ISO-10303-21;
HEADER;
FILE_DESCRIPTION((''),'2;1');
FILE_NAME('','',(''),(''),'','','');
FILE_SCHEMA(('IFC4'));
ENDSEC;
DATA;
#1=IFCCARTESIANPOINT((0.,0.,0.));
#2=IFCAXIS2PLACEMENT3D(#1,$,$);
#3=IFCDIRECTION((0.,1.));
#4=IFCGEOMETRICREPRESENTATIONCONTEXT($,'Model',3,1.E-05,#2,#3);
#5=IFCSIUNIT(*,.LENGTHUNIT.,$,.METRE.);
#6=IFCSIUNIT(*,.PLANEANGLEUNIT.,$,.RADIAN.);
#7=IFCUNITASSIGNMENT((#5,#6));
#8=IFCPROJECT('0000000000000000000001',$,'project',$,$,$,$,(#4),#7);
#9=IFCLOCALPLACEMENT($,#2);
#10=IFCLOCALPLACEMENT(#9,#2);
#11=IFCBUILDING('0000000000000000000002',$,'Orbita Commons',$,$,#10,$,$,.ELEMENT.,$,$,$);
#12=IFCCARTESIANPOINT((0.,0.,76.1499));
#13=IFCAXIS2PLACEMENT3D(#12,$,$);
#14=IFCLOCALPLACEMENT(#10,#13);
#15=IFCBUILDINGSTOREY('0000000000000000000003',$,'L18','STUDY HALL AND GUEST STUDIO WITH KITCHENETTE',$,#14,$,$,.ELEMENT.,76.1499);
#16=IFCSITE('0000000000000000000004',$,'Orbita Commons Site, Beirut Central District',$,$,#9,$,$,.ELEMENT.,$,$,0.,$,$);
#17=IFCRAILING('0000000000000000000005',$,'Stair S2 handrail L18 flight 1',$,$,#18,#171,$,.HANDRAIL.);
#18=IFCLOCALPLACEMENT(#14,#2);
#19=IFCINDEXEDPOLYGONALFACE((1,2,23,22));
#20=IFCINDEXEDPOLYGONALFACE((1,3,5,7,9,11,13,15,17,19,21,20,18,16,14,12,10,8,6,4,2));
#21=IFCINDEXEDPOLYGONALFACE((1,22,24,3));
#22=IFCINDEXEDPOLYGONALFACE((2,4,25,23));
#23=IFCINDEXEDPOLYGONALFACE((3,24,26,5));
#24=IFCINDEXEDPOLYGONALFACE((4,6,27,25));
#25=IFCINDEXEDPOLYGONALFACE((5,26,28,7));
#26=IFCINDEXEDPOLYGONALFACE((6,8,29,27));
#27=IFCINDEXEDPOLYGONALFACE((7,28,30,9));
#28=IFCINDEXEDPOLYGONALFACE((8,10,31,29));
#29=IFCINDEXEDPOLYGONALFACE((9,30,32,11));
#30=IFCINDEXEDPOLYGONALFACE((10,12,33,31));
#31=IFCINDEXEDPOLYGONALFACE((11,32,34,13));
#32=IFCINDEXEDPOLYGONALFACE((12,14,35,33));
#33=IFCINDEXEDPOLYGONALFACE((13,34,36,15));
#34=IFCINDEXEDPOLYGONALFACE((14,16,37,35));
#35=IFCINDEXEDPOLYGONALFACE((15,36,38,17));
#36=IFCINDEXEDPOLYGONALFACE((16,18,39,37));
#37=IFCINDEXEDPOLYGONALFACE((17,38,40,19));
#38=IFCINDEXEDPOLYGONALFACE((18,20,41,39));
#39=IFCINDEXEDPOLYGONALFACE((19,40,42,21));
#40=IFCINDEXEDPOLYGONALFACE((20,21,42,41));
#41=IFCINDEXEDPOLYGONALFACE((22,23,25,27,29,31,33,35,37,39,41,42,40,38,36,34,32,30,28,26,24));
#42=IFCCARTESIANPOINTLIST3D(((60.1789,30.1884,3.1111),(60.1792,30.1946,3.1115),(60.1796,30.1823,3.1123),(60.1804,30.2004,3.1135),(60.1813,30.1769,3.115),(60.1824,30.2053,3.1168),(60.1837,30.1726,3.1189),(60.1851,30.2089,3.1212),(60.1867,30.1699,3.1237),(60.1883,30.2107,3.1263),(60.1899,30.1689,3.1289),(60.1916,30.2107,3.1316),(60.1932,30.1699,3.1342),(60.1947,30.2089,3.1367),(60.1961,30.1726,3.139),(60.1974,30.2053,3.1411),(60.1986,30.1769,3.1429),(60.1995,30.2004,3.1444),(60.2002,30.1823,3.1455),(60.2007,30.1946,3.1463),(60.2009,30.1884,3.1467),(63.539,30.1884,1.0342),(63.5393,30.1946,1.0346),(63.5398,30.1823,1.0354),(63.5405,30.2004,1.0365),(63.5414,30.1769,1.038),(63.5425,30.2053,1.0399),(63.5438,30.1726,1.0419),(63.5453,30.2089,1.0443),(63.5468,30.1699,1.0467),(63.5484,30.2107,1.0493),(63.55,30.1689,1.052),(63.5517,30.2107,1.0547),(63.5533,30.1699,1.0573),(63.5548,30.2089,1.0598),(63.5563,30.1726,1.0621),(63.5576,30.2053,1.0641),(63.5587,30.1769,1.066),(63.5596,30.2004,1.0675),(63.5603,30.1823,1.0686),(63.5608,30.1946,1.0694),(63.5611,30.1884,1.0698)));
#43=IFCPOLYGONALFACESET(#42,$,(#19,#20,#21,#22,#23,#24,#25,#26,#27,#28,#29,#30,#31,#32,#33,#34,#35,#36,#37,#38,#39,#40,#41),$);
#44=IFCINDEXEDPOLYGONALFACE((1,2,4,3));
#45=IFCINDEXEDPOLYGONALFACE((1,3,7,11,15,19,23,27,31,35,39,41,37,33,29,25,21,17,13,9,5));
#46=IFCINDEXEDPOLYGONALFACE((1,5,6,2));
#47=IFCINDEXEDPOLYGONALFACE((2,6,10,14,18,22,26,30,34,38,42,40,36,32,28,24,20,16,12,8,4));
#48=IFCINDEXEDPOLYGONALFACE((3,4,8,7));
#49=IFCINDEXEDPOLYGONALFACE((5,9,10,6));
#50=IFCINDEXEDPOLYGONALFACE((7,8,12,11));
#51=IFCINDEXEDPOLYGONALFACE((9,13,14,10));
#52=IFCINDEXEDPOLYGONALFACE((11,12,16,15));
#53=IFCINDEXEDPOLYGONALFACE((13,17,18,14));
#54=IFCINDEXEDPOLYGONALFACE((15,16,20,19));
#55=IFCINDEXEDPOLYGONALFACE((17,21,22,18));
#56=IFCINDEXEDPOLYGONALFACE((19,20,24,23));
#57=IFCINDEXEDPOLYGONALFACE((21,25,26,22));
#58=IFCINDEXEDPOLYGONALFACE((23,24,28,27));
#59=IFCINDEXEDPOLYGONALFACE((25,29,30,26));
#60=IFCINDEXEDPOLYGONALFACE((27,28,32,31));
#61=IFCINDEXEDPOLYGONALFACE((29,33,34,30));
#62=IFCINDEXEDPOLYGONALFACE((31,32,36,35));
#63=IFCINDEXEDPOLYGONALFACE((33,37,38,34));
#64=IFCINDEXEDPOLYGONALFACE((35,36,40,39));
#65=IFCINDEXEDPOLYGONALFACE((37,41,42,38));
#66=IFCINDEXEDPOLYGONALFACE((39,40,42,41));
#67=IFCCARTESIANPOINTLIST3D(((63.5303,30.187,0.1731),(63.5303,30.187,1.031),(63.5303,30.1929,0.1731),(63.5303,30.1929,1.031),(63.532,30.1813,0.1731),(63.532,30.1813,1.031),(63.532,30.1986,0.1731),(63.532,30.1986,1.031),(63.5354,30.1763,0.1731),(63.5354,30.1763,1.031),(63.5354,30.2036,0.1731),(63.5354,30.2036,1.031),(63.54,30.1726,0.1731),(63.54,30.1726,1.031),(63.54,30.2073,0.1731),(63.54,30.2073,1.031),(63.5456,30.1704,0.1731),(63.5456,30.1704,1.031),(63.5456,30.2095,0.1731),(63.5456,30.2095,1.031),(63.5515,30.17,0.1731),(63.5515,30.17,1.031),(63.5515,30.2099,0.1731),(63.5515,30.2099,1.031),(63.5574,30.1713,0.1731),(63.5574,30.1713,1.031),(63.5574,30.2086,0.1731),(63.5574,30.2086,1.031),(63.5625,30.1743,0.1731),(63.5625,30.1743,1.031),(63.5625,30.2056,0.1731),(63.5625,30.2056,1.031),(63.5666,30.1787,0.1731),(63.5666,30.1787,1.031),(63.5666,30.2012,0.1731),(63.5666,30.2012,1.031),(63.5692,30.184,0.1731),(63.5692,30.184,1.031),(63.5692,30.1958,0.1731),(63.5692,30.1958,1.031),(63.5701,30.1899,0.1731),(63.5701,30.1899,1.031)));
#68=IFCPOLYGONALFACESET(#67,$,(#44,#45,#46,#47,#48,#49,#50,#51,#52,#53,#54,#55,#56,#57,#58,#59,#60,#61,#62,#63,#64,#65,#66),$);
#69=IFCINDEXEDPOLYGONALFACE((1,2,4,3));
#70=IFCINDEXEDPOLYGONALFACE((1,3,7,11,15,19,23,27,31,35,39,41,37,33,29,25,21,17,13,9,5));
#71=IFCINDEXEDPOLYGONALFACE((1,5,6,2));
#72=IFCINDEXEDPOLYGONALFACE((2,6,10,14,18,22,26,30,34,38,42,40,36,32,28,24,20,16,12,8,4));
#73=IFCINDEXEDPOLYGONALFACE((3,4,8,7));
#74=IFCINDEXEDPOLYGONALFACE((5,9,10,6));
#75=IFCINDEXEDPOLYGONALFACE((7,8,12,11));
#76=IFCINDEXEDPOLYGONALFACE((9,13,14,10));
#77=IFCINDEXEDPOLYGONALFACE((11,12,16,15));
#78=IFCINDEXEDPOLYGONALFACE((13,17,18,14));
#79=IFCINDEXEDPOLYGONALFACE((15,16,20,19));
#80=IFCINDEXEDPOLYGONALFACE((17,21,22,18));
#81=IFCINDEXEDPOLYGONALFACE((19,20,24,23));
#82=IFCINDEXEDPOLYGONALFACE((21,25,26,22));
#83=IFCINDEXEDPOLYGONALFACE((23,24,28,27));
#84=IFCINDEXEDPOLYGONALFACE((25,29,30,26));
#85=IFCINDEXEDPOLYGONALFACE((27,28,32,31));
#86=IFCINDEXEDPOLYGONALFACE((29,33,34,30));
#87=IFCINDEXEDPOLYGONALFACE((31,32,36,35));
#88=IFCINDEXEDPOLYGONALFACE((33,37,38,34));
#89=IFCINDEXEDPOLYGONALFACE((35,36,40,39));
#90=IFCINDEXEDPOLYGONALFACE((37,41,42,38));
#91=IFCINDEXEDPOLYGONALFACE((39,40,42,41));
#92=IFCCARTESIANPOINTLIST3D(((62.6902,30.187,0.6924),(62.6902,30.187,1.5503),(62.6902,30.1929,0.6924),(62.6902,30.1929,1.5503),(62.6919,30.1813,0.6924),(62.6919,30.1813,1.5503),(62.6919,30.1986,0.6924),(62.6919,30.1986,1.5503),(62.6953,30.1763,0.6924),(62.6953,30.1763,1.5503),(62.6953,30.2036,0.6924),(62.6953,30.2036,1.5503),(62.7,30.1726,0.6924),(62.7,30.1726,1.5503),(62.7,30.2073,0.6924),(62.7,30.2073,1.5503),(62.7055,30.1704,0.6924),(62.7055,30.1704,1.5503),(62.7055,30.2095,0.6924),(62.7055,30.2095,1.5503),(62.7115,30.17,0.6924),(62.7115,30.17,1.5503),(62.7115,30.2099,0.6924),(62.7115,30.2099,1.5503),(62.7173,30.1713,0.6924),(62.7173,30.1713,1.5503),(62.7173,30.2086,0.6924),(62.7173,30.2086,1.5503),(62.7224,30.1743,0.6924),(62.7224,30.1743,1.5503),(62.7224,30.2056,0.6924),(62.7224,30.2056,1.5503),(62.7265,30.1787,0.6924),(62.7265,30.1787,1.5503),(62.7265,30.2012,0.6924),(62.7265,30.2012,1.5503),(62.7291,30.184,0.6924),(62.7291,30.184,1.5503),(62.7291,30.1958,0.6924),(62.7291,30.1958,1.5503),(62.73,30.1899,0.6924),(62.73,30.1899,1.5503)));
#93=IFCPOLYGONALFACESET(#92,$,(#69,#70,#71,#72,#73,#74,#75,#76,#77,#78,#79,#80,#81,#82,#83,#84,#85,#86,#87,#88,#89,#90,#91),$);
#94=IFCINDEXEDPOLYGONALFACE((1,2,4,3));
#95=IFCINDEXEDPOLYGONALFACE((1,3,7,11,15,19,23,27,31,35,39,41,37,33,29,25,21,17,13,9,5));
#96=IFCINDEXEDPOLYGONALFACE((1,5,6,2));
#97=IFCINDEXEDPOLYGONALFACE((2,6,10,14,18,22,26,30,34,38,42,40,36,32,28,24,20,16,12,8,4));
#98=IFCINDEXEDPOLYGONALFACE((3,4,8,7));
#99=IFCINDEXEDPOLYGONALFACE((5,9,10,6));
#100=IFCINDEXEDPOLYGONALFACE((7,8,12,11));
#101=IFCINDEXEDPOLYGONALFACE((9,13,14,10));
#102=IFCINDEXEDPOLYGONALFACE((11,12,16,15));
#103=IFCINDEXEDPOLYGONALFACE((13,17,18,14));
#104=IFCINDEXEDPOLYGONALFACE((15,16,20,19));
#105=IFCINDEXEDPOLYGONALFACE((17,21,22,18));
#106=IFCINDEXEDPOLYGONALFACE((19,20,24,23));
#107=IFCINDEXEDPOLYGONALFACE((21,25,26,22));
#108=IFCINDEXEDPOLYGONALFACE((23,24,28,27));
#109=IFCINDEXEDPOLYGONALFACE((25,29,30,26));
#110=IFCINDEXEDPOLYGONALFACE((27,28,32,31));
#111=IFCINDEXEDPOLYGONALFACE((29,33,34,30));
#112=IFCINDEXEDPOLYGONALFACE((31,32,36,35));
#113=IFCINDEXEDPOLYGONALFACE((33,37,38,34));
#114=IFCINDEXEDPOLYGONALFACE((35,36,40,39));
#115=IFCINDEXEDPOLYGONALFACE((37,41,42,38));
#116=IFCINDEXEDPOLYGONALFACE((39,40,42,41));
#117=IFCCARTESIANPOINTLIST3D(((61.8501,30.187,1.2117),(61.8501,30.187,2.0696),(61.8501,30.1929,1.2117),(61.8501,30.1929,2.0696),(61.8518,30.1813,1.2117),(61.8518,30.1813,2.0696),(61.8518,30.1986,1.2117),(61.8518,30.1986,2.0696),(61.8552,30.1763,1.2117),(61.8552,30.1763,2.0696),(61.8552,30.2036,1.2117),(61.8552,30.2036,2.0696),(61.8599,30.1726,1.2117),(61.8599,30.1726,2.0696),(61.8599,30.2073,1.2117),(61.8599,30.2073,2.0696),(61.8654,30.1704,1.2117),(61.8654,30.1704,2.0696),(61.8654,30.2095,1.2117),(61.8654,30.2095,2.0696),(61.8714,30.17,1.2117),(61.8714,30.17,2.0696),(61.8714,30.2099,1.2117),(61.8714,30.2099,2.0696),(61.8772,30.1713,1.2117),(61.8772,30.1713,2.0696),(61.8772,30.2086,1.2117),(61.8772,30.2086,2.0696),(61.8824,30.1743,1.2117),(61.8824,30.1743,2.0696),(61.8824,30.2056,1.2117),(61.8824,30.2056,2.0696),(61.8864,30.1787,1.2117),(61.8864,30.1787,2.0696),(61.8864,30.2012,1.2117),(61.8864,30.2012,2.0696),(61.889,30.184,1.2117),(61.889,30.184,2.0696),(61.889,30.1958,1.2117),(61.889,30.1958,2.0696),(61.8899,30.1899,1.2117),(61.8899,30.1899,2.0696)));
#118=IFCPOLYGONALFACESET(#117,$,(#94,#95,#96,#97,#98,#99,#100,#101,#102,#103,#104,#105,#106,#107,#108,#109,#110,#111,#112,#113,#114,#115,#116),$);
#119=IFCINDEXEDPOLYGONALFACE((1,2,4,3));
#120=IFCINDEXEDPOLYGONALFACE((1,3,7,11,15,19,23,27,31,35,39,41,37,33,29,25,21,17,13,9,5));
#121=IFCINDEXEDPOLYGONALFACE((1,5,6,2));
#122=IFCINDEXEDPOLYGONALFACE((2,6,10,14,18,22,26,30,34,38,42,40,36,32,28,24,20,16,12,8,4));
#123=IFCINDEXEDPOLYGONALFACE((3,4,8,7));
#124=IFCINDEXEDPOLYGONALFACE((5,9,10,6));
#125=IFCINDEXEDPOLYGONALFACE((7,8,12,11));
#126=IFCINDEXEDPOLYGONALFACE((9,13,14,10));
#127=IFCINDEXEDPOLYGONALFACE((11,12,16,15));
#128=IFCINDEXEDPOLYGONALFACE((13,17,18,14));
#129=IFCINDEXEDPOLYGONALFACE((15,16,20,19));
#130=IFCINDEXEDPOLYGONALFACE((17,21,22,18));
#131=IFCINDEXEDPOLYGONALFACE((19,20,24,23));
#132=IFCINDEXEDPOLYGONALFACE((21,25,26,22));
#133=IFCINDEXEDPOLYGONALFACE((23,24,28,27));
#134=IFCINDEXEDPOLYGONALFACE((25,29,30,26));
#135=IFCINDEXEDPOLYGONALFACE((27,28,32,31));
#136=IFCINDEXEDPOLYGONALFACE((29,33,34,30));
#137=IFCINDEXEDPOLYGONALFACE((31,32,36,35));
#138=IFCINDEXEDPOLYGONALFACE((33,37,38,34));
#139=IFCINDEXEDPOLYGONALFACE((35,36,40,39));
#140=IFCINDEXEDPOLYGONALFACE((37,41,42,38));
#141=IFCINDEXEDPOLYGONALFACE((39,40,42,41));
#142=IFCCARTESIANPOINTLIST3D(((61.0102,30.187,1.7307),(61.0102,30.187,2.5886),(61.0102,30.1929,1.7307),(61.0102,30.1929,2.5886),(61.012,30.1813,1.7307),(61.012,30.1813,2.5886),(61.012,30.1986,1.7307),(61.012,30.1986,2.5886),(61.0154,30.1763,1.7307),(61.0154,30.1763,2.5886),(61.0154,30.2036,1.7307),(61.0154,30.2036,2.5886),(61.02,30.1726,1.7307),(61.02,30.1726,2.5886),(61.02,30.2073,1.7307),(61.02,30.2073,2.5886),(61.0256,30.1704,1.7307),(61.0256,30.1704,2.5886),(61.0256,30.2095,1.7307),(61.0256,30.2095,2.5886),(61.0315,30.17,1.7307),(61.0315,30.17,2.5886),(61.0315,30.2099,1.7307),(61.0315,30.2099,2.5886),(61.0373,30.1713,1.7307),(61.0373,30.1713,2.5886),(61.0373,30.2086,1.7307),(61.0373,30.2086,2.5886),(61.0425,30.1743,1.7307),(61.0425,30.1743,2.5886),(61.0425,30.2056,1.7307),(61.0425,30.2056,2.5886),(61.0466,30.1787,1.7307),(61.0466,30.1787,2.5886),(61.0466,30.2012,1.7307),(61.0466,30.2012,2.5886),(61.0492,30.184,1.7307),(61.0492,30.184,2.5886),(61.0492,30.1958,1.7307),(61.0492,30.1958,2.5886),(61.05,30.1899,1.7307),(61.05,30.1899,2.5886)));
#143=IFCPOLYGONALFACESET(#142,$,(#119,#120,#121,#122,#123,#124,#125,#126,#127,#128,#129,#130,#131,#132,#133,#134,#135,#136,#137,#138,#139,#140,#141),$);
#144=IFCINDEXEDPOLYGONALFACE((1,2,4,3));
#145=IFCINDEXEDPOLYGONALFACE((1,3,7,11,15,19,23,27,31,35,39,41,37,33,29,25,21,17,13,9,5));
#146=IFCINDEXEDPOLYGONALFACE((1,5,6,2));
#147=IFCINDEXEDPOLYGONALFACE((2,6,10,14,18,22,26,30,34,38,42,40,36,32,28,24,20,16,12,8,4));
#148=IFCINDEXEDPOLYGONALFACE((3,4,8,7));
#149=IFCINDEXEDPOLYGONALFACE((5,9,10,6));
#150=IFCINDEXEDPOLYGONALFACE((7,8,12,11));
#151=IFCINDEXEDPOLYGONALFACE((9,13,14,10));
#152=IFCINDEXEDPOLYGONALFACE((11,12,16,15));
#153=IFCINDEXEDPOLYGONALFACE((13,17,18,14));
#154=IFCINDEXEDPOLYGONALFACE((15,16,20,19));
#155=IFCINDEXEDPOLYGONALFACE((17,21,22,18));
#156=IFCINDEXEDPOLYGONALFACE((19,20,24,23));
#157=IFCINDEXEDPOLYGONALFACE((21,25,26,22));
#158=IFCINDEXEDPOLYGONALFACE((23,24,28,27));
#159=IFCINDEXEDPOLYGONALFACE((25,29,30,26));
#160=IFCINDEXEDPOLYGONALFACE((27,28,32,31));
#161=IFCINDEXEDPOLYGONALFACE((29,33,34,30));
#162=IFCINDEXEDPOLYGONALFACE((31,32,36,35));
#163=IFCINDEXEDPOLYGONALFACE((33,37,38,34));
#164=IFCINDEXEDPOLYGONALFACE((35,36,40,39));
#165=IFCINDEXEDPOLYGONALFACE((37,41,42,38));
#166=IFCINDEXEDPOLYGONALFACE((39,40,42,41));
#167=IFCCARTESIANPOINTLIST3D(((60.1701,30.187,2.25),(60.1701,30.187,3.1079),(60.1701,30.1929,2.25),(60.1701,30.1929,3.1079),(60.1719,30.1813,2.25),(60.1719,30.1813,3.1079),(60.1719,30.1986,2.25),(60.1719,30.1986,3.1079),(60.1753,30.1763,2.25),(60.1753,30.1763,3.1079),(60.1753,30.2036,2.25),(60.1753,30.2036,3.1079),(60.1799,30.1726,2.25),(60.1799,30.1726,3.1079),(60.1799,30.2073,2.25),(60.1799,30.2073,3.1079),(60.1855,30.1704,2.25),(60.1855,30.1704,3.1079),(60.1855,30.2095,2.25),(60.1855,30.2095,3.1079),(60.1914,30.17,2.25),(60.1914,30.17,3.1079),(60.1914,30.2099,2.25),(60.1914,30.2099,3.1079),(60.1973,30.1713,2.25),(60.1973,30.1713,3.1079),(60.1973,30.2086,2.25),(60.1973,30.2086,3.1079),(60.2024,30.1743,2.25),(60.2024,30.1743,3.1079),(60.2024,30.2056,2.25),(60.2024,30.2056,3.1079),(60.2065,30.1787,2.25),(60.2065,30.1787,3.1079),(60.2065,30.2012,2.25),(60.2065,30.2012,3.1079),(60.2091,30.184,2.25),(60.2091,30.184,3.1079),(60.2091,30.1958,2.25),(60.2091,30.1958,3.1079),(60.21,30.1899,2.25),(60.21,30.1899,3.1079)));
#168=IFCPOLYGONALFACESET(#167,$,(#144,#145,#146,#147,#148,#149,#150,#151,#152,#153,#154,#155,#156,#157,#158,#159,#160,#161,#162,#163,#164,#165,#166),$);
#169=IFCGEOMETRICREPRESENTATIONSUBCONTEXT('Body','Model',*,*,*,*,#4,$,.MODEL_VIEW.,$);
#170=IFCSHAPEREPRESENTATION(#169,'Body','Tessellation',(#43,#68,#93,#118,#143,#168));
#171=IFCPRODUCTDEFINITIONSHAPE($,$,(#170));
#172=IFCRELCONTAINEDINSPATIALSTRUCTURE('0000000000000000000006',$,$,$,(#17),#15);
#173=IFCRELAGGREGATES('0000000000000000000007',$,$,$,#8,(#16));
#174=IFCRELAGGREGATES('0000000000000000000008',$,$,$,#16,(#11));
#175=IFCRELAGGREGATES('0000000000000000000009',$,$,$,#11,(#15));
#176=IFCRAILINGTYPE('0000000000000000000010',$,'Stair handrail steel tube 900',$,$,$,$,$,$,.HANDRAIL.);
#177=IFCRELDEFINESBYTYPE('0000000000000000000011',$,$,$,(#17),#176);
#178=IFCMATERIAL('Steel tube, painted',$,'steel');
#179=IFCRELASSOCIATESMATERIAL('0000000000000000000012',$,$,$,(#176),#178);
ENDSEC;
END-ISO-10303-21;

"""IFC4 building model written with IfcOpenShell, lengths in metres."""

from ifc_helpers import new_model, si_unit, direction, frame, origin, origin_2d, place, context, subcontext, project, spatial, circle, extrude, material, type_object, element, save


model = new_model("IFC4")

# Units and contexts
model_context = context("Model", 3, precision=1e-05, world=origin(), true_north=direction((0.0, 1.0)))
body_context = subcontext(model_context, "Body", "Model", "MODEL_VIEW")
ifc_project = project(units=[si_unit("LENGTHUNIT", "METRE"), si_unit("PLANEANGLEUNIT", "RADIAN")], contexts=[model_context])

# Site, building, storey
site_placement = place(None, origin())
site = spatial("IfcSite", under=ifc_project, at=site_placement, Name="Orbita Commons Site, Beirut Central District", CompositionType="ELEMENT", RefElevation=0.0)
building_placement = place(site_placement, origin())
building = spatial("IfcBuilding", under=site, at=building_placement, Name="Orbita Commons", CompositionType="ELEMENT")
storey_placement = place(building_placement, frame((0.0, 0.0, 76.1499)))
storey = spatial("IfcBuildingStorey", under=building, at=storey_placement, Name="L18", Description="STUDY HALL AND GUEST STUDIO WITH KITCHENETTE", CompositionType="ELEMENT", Elevation=76.1499)

# Railing
ifc_material_1 = material(Name="Steel tube, painted", Category="steel")
railing_type = type_object("IfcRailingType", Name="Stair handrail steel tube 900", PredefinedType="HANDRAIL", material=ifc_material_1)
for number, where, name in (
    (1, (63.55, 30.1899, 0.1731), "Stair S2 handrail L18 flight 1"),
):
    element("IfcRailing", number, at=place(storey_placement, frame(where)), inside=storey, type_object=railing_type, Name=name, PredefinedType="HANDRAIL", context=body_context, shape_type="SweptSolid", body=[
        extrude(circle(Radius=0.021, at=origin_2d()), frame((0.0, 0.0, 0.8789), z_axis=(-0.850623, 0.0, 0.525776), x_axis=(0.0, -1.0, 0.0)), (0.0, 0.0, 1.0), 3.9502),
        extrude(circle(Radius=0.02, at=origin_2d()), origin(), (0.0, 0.0, 1.0), 0.8579),
        extrude(circle(Radius=0.02, at=origin_2d()), frame((-0.8401, 0.0, 0.5193)), (0.0, 0.0, 1.0), 0.8579),
        extrude(circle(Radius=0.02, at=origin_2d()), frame((-1.6802, 0.0, 1.0386)), (0.0, 0.0, 1.0), 0.8579),
        extrude(circle(Radius=0.02, at=origin_2d()), frame((-2.52, 0.0, 1.5576)), (0.0, 0.0, 1.0), 0.8579),
        extrude(circle(Radius=0.02, at=origin_2d()), frame((-3.3601, 0.0, 2.0769)), (0.0, 0.0, 1.0), 0.8579),
    ])

save(model, "model.ifc")
